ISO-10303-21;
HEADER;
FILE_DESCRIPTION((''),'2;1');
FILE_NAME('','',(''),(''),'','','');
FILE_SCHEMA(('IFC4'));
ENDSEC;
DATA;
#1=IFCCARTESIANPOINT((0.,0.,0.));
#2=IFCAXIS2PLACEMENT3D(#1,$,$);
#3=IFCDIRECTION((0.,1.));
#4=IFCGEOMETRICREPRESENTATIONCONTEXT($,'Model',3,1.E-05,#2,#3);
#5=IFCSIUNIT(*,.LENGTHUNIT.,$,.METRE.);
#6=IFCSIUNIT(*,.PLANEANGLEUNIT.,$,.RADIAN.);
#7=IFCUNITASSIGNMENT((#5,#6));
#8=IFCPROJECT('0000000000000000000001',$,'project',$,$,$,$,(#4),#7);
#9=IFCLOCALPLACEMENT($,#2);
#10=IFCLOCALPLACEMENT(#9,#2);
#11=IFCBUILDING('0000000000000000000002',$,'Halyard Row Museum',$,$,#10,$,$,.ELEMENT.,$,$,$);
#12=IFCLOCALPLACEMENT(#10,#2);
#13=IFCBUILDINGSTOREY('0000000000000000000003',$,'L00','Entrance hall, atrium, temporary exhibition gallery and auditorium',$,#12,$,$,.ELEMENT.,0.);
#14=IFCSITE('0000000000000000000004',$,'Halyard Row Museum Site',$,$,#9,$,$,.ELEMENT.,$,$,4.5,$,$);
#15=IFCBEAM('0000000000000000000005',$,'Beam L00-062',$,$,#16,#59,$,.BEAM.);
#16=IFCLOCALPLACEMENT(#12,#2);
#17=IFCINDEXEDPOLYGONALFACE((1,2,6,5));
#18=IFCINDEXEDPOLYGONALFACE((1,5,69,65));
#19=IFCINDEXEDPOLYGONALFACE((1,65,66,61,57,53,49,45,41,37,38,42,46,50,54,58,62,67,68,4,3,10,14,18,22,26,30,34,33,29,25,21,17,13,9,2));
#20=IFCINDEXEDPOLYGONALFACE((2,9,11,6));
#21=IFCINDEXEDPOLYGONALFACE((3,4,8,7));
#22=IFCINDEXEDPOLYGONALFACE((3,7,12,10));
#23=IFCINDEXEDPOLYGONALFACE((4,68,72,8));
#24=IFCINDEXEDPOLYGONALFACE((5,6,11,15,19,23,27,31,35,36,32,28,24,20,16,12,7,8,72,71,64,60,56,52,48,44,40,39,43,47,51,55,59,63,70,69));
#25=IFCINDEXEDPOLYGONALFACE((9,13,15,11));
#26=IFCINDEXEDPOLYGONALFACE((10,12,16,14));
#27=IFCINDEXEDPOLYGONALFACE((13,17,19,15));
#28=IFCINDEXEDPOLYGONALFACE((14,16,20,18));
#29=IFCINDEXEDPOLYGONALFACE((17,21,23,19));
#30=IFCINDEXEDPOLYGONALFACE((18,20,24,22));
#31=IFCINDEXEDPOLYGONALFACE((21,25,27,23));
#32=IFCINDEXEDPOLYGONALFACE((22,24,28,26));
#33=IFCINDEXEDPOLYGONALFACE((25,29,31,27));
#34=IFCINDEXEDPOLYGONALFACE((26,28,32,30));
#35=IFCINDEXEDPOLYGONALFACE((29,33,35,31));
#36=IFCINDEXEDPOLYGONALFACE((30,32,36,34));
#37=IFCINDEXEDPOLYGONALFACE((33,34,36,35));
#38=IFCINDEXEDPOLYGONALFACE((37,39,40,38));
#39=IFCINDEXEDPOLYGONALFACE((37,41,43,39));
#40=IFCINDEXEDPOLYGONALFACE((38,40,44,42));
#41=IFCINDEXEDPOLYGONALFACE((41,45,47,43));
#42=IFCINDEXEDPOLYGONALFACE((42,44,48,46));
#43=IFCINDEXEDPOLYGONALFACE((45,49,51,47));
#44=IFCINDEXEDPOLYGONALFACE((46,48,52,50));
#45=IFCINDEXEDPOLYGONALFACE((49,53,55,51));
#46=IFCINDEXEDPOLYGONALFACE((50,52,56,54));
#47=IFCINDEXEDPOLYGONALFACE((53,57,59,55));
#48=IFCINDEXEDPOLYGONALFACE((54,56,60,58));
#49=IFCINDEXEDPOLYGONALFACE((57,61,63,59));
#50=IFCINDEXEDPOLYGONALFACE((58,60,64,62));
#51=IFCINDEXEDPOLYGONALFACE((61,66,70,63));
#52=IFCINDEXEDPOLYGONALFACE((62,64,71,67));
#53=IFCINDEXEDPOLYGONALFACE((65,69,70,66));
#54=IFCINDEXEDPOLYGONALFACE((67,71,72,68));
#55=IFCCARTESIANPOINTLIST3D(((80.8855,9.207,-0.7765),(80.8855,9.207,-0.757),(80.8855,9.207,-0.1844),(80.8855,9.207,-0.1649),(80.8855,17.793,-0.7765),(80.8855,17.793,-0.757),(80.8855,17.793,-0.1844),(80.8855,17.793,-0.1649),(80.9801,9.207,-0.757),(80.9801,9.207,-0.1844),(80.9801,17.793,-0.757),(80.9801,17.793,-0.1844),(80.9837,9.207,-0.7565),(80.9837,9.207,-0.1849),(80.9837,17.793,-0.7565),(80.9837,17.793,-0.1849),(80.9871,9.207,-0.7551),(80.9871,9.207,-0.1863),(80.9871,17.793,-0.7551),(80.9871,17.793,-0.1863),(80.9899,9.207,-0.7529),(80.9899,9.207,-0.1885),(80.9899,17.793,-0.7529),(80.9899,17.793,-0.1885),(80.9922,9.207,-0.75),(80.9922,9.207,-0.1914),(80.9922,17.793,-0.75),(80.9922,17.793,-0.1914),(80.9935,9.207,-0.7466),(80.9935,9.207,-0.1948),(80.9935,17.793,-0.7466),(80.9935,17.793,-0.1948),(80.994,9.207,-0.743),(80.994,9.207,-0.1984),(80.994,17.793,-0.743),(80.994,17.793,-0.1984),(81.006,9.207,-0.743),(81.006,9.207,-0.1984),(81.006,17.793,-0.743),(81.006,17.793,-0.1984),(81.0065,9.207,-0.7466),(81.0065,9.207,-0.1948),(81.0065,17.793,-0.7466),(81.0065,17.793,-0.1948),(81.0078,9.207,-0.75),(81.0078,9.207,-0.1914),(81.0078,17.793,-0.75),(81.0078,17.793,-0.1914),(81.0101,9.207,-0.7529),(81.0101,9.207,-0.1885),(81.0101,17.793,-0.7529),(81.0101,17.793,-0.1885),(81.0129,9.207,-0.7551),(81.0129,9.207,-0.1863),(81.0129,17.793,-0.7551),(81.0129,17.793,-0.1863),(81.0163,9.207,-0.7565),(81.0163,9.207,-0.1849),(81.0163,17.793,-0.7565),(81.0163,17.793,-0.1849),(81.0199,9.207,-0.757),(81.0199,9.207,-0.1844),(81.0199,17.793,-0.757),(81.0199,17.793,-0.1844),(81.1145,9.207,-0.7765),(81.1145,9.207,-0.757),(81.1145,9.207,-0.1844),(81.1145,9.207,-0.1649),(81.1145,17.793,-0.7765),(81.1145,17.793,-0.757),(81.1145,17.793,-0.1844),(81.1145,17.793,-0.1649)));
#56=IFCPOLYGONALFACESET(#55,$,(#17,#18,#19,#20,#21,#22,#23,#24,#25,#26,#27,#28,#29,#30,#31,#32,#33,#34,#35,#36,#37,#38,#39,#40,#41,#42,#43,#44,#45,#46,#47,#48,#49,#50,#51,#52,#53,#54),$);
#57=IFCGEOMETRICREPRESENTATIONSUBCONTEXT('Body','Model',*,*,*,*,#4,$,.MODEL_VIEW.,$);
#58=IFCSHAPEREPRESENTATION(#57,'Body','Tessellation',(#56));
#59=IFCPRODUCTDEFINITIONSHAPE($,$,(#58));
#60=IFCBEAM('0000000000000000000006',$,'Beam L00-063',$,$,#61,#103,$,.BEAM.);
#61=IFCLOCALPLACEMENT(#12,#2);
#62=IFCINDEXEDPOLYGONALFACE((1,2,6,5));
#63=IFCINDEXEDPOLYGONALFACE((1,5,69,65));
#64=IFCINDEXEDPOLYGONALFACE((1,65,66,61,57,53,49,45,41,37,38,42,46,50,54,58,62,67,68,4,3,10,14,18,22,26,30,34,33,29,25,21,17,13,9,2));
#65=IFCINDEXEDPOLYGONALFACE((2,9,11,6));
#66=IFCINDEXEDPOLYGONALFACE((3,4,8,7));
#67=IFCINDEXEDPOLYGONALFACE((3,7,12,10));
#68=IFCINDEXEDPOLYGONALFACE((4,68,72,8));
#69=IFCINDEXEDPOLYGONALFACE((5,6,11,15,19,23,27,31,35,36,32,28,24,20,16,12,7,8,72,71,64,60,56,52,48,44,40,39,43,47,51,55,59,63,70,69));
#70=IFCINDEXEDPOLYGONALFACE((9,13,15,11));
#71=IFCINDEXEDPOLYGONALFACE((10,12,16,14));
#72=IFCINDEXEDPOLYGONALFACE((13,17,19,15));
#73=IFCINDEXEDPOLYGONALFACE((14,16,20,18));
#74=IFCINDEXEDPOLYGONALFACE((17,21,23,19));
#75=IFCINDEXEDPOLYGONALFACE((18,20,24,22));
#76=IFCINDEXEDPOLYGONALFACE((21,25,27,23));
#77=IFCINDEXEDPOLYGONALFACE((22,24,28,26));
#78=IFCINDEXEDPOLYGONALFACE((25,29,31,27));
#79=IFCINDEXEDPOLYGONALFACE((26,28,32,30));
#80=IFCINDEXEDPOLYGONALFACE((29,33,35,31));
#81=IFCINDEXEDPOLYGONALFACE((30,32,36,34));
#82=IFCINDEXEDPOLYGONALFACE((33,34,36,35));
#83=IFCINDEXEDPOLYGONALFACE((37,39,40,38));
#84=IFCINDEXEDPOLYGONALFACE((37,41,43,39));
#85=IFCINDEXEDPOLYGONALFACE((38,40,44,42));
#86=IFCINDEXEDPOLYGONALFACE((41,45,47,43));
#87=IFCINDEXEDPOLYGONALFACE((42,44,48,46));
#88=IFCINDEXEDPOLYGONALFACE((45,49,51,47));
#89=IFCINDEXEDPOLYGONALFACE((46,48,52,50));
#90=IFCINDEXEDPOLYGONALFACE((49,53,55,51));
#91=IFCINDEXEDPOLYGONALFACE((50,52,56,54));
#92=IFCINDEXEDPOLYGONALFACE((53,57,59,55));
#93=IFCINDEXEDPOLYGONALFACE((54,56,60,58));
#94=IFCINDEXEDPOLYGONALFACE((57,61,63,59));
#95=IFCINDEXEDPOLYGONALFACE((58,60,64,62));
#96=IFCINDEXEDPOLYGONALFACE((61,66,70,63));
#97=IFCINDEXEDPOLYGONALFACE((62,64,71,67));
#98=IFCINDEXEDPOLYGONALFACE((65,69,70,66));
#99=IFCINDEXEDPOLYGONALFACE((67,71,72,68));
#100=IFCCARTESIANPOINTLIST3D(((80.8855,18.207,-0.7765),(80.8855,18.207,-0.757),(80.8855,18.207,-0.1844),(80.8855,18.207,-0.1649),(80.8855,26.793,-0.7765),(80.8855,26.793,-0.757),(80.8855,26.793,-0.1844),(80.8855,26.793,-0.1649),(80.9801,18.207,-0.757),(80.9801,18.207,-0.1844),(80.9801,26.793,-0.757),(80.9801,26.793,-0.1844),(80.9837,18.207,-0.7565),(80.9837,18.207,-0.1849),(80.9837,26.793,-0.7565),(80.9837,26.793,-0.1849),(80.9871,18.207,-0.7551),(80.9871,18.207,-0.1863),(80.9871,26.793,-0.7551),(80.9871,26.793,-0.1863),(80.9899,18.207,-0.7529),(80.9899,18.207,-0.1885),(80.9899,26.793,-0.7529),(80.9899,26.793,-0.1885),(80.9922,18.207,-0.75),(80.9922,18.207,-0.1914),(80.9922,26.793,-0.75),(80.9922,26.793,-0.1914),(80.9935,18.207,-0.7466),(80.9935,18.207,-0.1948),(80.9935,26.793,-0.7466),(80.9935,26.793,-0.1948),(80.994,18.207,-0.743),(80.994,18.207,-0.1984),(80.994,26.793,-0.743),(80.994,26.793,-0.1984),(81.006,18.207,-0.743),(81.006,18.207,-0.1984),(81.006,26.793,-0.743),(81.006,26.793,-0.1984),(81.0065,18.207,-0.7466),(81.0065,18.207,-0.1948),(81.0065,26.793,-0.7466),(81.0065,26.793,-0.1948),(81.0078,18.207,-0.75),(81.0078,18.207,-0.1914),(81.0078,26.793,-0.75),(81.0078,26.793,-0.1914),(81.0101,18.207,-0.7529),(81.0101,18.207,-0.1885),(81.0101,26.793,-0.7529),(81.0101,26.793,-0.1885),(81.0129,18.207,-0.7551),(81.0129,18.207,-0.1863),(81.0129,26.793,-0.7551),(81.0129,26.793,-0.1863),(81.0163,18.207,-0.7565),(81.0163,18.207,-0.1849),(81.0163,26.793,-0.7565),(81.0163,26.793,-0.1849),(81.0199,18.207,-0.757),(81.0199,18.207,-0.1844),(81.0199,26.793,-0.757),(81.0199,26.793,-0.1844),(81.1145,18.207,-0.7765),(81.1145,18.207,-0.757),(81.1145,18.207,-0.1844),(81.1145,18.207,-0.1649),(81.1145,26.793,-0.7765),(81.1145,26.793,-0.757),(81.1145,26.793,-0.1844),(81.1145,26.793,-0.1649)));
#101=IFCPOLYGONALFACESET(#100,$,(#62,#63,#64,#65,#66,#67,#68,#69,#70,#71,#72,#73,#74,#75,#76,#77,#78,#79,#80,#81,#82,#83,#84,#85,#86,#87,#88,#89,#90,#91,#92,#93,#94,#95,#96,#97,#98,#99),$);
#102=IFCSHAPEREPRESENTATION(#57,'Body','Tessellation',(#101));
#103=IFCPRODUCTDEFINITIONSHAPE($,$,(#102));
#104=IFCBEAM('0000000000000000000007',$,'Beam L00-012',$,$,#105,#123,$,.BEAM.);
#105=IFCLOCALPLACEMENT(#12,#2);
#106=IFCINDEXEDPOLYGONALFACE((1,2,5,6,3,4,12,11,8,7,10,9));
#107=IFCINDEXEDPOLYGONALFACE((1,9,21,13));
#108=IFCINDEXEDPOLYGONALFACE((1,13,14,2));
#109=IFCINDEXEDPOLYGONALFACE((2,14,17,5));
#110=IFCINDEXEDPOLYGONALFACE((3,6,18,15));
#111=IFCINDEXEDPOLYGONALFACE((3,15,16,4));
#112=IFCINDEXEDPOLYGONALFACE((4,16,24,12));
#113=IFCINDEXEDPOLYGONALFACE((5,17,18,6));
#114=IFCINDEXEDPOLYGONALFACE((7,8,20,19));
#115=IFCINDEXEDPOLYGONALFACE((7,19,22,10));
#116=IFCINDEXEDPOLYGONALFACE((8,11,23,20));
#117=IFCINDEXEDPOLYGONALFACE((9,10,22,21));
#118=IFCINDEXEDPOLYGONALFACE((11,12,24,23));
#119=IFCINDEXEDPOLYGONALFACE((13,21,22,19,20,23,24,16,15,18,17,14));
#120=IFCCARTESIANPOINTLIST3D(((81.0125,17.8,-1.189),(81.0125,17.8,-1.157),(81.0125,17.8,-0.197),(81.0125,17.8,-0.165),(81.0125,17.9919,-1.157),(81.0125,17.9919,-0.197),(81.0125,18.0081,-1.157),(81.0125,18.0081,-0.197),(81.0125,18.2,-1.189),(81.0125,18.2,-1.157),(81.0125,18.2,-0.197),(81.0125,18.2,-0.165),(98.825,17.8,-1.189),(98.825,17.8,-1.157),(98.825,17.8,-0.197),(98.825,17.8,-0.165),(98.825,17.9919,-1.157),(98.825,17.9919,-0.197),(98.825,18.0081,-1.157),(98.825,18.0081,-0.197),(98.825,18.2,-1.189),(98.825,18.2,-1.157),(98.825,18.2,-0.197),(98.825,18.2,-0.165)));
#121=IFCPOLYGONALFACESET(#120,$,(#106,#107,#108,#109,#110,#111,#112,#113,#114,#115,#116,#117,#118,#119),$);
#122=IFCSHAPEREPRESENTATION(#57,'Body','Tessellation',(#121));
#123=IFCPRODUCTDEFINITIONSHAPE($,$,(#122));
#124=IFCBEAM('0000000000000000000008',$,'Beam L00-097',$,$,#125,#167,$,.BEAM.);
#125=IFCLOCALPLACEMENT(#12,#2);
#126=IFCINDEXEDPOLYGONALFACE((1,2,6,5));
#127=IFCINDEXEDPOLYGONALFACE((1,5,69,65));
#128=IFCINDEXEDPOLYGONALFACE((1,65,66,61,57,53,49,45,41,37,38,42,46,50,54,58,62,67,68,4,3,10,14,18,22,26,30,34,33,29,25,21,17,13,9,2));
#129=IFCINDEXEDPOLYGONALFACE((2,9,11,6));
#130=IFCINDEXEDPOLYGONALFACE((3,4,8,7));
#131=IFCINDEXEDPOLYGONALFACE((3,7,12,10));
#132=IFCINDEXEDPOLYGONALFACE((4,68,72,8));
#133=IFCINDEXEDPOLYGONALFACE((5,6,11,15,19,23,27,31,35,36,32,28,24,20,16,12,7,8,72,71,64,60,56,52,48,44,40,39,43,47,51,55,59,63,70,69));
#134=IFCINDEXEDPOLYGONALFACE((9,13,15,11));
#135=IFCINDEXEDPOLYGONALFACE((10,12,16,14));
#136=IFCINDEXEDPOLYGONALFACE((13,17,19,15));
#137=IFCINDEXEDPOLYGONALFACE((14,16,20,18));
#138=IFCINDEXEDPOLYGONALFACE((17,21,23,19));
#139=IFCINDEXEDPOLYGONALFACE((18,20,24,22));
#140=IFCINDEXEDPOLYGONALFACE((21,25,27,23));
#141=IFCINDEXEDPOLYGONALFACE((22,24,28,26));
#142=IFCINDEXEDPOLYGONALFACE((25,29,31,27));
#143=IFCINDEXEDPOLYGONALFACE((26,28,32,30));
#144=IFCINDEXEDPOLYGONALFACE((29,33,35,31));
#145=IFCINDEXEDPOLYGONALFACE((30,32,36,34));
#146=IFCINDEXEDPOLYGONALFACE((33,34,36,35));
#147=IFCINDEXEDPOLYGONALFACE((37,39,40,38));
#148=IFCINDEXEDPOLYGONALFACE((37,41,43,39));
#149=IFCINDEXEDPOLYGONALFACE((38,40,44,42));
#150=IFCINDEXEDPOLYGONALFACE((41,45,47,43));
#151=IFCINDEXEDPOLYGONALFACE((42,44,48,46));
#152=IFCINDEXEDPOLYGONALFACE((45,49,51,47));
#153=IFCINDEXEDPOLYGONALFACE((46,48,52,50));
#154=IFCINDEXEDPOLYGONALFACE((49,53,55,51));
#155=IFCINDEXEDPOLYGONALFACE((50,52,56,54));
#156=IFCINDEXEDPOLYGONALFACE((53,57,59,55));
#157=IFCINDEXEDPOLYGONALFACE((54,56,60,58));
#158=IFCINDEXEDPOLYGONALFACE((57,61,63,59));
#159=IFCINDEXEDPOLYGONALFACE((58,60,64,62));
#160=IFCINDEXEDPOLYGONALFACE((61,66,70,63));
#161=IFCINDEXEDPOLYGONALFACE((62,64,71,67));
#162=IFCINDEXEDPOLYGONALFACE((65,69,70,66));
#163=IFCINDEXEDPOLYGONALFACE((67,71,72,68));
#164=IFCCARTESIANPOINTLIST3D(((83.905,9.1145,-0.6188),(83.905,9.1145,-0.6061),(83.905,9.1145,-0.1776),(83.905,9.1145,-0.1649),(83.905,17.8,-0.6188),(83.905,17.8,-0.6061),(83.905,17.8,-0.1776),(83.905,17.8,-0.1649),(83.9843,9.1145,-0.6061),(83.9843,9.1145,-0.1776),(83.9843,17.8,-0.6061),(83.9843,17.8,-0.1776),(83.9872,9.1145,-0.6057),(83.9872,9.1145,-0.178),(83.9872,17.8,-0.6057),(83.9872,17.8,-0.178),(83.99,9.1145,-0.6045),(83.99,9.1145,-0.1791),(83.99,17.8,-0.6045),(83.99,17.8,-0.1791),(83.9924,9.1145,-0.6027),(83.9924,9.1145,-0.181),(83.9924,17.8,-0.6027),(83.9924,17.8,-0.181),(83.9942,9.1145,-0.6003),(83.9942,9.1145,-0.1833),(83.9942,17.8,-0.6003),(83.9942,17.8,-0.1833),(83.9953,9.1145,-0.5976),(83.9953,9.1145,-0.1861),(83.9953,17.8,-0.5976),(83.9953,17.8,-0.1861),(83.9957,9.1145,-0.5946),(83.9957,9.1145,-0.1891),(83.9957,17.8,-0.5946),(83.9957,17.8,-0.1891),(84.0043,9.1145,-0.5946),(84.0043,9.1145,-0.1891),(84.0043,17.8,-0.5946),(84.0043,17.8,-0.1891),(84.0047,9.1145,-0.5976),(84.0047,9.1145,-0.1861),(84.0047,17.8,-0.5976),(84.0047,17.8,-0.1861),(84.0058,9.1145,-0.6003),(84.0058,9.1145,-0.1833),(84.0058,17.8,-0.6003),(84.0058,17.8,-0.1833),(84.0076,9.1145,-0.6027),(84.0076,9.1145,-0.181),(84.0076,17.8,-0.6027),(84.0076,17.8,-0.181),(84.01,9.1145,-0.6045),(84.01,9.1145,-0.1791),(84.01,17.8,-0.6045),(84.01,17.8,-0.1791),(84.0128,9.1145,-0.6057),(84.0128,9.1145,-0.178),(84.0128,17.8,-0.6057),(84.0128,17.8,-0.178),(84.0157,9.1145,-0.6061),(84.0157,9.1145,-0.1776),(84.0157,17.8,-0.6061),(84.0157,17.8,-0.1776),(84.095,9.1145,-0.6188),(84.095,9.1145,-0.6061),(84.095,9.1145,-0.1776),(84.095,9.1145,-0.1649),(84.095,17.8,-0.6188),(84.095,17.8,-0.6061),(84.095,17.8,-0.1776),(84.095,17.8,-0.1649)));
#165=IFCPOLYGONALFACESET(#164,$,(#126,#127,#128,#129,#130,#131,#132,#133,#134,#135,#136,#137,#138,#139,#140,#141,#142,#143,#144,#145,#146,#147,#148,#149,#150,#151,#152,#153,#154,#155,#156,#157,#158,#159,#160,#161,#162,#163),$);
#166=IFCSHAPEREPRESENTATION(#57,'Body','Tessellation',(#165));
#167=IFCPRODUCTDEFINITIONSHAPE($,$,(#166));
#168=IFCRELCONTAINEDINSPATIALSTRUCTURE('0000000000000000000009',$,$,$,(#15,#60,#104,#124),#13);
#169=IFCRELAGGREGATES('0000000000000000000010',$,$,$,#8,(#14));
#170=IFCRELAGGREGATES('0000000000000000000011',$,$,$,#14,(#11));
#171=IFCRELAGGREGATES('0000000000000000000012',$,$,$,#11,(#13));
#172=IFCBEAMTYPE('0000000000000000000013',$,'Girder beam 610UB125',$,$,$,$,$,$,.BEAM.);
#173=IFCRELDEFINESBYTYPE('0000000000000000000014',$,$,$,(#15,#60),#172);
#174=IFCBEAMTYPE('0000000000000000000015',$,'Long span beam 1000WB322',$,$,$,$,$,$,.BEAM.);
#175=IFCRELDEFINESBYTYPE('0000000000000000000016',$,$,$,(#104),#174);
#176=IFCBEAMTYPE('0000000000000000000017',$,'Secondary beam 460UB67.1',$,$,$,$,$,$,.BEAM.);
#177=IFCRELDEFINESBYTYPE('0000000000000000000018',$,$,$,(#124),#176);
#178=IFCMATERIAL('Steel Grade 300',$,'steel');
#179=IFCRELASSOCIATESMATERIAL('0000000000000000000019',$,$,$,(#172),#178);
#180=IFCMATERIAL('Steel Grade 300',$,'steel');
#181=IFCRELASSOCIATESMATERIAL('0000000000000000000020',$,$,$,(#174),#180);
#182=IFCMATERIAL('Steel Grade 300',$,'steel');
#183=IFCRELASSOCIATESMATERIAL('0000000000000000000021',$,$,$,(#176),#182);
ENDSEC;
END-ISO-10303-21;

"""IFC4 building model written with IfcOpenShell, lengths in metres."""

from ifc_helpers import new_model, si_unit, direction, frame, origin, origin_2d, place, context, subcontext, project, spatial, i_section, extrude, material, material_profile, profile_set, type_object, element, save


model = new_model("IFC4")

# Units and contexts
model_context = context("Model", 3, precision=1e-05, world=origin(), true_north=direction((0.0, 1.0)))
body_context = subcontext(model_context, "Body", "Model", "MODEL_VIEW")
ifc_project = project(units=[si_unit("LENGTHUNIT", "METRE"), si_unit("PLANEANGLEUNIT", "RADIAN")], contexts=[model_context])

# Site, building, storey
site_placement = place(None, origin())
site = spatial("IfcSite", under=ifc_project, at=site_placement, Name="Halyard Row Museum Site", CompositionType="ELEMENT", RefElevation=4.5)
building_placement = place(site_placement, origin())
building = spatial("IfcBuilding", under=site, at=building_placement, Name="Halyard Row Museum", CompositionType="ELEMENT")
storey_placement = place(building_placement, origin())
storey = spatial("IfcBuildingStorey", under=building, at=storey_placement, Name="L00", Description="Entrance hall, atrium, temporary exhibition gallery and auditorium", CompositionType="ELEMENT", Elevation=0.0)

# Beams
ifc_material_1 = material(Name="Steel Grade 300", Category="steel")
ifc_material_profile_1 = material_profile(ifc_material_1, i_section(OverallWidth=0.229, OverallDepth=0.6116, WebThickness=0.012, FlangeThickness=0.0195, FilletRadius=0.0139, at=origin_2d()), Name="610UB125")
ifc_profile_set_1 = profile_set([ifc_material_profile_1], Name="Steel Grade 300")
beam_type_1 = type_object("IfcBeamType", Name="Girder beam 610UB125", PredefinedType="BEAM", material=ifc_profile_set_1)
for number, where, z_axis, x_axis, name in (
    (1, (81.0, 9.207, -0.4707), (0.0, 1.0, 0.0), (-1.0, 0.0, 0.0), "Beam L00-062"),
    (2, (81.0, 18.207, -0.4707), (0.0, 1.0, 0.0), (-1.0, 0.0, 0.0), "Beam L00-063"),
):
    element("IfcBeam", number, at=place(storey_placement, frame(where, z_axis=z_axis, x_axis=x_axis)), inside=storey, type_object=beam_type_1, Name=name, PredefinedType="BEAM", context=body_context, shape_type="SweptSolid", body=[
        extrude(i_section(OverallWidth=0.229, OverallDepth=0.6116, WebThickness=0.012, FlangeThickness=0.0195, FilletRadius=0.0139, at=origin_2d()), origin(), (0.0, 0.0, 1.0), 8.5859),
    ])
ifc_material_2 = material(Name="Steel Grade 300", Category="steel")
ifc_material_profile_2 = material_profile(ifc_material_2, i_section(OverallWidth=0.3999, OverallDepth=1.0239, WebThickness=0.0161, FlangeThickness=0.032, at=origin_2d()), Name="1000WB322")
ifc_profile_set_2 = profile_set([ifc_material_profile_2], Name="Steel Grade 300")
beam_type_2 = type_object("IfcBeamType", Name="Long span beam 1000WB322", PredefinedType="BEAM", material=ifc_profile_set_2)
beam_placement = place(storey_placement, frame((81.0125, 18.0, -0.677), z_axis=(1.0, 0.0, 0.0), x_axis=(0.0, 1.0, 0.0)))
element("IfcBeam", 3, at=beam_placement, inside=storey, type_object=beam_type_2, Name="Beam L00-012", PredefinedType="BEAM", context=body_context, shape_type="SweptSolid", body=[
    extrude(i_section(OverallWidth=0.3999, OverallDepth=1.0239, WebThickness=0.0161, FlangeThickness=0.032, at=origin_2d()), origin(), (0.0, 0.0, 1.0), 17.8125),
])
ifc_material_3 = material(Name="Steel Grade 300", Category="steel")
ifc_material_profile_3 = material_profile(ifc_material_3, i_section(OverallWidth=0.1899, OverallDepth=0.4539, WebThickness=0.0085, FlangeThickness=0.0127, FilletRadius=0.0115, at=origin_2d()), Name="460UB67.1")
ifc_profile_set_3 = profile_set([ifc_material_profile_3], Name="Steel Grade 300")
beam_type_3 = type_object("IfcBeamType", Name="Secondary beam 460UB67.1", PredefinedType="BEAM", material=ifc_profile_set_3)
for number, where, z_axis, x_axis, name in (
    (4, (84.0, 9.1145, -0.3918), (0.0, 1.0, 0.0), (-1.0, 0.0, 0.0), "Beam L00-097"),
):
    element("IfcBeam", number, at=place(storey_placement, frame(where, z_axis=z_axis, x_axis=x_axis)), inside=storey, type_object=beam_type_3, Name=name, PredefinedType="BEAM", context=body_context, shape_type="SweptSolid", body=[
        extrude(i_section(OverallWidth=0.1899, OverallDepth=0.4539, WebThickness=0.0085, FlangeThickness=0.0127, FilletRadius=0.0115, at=origin_2d()), origin(), (0.0, 0.0, 1.0), 8.6855),
    ])

save(model, "model.ifc")
